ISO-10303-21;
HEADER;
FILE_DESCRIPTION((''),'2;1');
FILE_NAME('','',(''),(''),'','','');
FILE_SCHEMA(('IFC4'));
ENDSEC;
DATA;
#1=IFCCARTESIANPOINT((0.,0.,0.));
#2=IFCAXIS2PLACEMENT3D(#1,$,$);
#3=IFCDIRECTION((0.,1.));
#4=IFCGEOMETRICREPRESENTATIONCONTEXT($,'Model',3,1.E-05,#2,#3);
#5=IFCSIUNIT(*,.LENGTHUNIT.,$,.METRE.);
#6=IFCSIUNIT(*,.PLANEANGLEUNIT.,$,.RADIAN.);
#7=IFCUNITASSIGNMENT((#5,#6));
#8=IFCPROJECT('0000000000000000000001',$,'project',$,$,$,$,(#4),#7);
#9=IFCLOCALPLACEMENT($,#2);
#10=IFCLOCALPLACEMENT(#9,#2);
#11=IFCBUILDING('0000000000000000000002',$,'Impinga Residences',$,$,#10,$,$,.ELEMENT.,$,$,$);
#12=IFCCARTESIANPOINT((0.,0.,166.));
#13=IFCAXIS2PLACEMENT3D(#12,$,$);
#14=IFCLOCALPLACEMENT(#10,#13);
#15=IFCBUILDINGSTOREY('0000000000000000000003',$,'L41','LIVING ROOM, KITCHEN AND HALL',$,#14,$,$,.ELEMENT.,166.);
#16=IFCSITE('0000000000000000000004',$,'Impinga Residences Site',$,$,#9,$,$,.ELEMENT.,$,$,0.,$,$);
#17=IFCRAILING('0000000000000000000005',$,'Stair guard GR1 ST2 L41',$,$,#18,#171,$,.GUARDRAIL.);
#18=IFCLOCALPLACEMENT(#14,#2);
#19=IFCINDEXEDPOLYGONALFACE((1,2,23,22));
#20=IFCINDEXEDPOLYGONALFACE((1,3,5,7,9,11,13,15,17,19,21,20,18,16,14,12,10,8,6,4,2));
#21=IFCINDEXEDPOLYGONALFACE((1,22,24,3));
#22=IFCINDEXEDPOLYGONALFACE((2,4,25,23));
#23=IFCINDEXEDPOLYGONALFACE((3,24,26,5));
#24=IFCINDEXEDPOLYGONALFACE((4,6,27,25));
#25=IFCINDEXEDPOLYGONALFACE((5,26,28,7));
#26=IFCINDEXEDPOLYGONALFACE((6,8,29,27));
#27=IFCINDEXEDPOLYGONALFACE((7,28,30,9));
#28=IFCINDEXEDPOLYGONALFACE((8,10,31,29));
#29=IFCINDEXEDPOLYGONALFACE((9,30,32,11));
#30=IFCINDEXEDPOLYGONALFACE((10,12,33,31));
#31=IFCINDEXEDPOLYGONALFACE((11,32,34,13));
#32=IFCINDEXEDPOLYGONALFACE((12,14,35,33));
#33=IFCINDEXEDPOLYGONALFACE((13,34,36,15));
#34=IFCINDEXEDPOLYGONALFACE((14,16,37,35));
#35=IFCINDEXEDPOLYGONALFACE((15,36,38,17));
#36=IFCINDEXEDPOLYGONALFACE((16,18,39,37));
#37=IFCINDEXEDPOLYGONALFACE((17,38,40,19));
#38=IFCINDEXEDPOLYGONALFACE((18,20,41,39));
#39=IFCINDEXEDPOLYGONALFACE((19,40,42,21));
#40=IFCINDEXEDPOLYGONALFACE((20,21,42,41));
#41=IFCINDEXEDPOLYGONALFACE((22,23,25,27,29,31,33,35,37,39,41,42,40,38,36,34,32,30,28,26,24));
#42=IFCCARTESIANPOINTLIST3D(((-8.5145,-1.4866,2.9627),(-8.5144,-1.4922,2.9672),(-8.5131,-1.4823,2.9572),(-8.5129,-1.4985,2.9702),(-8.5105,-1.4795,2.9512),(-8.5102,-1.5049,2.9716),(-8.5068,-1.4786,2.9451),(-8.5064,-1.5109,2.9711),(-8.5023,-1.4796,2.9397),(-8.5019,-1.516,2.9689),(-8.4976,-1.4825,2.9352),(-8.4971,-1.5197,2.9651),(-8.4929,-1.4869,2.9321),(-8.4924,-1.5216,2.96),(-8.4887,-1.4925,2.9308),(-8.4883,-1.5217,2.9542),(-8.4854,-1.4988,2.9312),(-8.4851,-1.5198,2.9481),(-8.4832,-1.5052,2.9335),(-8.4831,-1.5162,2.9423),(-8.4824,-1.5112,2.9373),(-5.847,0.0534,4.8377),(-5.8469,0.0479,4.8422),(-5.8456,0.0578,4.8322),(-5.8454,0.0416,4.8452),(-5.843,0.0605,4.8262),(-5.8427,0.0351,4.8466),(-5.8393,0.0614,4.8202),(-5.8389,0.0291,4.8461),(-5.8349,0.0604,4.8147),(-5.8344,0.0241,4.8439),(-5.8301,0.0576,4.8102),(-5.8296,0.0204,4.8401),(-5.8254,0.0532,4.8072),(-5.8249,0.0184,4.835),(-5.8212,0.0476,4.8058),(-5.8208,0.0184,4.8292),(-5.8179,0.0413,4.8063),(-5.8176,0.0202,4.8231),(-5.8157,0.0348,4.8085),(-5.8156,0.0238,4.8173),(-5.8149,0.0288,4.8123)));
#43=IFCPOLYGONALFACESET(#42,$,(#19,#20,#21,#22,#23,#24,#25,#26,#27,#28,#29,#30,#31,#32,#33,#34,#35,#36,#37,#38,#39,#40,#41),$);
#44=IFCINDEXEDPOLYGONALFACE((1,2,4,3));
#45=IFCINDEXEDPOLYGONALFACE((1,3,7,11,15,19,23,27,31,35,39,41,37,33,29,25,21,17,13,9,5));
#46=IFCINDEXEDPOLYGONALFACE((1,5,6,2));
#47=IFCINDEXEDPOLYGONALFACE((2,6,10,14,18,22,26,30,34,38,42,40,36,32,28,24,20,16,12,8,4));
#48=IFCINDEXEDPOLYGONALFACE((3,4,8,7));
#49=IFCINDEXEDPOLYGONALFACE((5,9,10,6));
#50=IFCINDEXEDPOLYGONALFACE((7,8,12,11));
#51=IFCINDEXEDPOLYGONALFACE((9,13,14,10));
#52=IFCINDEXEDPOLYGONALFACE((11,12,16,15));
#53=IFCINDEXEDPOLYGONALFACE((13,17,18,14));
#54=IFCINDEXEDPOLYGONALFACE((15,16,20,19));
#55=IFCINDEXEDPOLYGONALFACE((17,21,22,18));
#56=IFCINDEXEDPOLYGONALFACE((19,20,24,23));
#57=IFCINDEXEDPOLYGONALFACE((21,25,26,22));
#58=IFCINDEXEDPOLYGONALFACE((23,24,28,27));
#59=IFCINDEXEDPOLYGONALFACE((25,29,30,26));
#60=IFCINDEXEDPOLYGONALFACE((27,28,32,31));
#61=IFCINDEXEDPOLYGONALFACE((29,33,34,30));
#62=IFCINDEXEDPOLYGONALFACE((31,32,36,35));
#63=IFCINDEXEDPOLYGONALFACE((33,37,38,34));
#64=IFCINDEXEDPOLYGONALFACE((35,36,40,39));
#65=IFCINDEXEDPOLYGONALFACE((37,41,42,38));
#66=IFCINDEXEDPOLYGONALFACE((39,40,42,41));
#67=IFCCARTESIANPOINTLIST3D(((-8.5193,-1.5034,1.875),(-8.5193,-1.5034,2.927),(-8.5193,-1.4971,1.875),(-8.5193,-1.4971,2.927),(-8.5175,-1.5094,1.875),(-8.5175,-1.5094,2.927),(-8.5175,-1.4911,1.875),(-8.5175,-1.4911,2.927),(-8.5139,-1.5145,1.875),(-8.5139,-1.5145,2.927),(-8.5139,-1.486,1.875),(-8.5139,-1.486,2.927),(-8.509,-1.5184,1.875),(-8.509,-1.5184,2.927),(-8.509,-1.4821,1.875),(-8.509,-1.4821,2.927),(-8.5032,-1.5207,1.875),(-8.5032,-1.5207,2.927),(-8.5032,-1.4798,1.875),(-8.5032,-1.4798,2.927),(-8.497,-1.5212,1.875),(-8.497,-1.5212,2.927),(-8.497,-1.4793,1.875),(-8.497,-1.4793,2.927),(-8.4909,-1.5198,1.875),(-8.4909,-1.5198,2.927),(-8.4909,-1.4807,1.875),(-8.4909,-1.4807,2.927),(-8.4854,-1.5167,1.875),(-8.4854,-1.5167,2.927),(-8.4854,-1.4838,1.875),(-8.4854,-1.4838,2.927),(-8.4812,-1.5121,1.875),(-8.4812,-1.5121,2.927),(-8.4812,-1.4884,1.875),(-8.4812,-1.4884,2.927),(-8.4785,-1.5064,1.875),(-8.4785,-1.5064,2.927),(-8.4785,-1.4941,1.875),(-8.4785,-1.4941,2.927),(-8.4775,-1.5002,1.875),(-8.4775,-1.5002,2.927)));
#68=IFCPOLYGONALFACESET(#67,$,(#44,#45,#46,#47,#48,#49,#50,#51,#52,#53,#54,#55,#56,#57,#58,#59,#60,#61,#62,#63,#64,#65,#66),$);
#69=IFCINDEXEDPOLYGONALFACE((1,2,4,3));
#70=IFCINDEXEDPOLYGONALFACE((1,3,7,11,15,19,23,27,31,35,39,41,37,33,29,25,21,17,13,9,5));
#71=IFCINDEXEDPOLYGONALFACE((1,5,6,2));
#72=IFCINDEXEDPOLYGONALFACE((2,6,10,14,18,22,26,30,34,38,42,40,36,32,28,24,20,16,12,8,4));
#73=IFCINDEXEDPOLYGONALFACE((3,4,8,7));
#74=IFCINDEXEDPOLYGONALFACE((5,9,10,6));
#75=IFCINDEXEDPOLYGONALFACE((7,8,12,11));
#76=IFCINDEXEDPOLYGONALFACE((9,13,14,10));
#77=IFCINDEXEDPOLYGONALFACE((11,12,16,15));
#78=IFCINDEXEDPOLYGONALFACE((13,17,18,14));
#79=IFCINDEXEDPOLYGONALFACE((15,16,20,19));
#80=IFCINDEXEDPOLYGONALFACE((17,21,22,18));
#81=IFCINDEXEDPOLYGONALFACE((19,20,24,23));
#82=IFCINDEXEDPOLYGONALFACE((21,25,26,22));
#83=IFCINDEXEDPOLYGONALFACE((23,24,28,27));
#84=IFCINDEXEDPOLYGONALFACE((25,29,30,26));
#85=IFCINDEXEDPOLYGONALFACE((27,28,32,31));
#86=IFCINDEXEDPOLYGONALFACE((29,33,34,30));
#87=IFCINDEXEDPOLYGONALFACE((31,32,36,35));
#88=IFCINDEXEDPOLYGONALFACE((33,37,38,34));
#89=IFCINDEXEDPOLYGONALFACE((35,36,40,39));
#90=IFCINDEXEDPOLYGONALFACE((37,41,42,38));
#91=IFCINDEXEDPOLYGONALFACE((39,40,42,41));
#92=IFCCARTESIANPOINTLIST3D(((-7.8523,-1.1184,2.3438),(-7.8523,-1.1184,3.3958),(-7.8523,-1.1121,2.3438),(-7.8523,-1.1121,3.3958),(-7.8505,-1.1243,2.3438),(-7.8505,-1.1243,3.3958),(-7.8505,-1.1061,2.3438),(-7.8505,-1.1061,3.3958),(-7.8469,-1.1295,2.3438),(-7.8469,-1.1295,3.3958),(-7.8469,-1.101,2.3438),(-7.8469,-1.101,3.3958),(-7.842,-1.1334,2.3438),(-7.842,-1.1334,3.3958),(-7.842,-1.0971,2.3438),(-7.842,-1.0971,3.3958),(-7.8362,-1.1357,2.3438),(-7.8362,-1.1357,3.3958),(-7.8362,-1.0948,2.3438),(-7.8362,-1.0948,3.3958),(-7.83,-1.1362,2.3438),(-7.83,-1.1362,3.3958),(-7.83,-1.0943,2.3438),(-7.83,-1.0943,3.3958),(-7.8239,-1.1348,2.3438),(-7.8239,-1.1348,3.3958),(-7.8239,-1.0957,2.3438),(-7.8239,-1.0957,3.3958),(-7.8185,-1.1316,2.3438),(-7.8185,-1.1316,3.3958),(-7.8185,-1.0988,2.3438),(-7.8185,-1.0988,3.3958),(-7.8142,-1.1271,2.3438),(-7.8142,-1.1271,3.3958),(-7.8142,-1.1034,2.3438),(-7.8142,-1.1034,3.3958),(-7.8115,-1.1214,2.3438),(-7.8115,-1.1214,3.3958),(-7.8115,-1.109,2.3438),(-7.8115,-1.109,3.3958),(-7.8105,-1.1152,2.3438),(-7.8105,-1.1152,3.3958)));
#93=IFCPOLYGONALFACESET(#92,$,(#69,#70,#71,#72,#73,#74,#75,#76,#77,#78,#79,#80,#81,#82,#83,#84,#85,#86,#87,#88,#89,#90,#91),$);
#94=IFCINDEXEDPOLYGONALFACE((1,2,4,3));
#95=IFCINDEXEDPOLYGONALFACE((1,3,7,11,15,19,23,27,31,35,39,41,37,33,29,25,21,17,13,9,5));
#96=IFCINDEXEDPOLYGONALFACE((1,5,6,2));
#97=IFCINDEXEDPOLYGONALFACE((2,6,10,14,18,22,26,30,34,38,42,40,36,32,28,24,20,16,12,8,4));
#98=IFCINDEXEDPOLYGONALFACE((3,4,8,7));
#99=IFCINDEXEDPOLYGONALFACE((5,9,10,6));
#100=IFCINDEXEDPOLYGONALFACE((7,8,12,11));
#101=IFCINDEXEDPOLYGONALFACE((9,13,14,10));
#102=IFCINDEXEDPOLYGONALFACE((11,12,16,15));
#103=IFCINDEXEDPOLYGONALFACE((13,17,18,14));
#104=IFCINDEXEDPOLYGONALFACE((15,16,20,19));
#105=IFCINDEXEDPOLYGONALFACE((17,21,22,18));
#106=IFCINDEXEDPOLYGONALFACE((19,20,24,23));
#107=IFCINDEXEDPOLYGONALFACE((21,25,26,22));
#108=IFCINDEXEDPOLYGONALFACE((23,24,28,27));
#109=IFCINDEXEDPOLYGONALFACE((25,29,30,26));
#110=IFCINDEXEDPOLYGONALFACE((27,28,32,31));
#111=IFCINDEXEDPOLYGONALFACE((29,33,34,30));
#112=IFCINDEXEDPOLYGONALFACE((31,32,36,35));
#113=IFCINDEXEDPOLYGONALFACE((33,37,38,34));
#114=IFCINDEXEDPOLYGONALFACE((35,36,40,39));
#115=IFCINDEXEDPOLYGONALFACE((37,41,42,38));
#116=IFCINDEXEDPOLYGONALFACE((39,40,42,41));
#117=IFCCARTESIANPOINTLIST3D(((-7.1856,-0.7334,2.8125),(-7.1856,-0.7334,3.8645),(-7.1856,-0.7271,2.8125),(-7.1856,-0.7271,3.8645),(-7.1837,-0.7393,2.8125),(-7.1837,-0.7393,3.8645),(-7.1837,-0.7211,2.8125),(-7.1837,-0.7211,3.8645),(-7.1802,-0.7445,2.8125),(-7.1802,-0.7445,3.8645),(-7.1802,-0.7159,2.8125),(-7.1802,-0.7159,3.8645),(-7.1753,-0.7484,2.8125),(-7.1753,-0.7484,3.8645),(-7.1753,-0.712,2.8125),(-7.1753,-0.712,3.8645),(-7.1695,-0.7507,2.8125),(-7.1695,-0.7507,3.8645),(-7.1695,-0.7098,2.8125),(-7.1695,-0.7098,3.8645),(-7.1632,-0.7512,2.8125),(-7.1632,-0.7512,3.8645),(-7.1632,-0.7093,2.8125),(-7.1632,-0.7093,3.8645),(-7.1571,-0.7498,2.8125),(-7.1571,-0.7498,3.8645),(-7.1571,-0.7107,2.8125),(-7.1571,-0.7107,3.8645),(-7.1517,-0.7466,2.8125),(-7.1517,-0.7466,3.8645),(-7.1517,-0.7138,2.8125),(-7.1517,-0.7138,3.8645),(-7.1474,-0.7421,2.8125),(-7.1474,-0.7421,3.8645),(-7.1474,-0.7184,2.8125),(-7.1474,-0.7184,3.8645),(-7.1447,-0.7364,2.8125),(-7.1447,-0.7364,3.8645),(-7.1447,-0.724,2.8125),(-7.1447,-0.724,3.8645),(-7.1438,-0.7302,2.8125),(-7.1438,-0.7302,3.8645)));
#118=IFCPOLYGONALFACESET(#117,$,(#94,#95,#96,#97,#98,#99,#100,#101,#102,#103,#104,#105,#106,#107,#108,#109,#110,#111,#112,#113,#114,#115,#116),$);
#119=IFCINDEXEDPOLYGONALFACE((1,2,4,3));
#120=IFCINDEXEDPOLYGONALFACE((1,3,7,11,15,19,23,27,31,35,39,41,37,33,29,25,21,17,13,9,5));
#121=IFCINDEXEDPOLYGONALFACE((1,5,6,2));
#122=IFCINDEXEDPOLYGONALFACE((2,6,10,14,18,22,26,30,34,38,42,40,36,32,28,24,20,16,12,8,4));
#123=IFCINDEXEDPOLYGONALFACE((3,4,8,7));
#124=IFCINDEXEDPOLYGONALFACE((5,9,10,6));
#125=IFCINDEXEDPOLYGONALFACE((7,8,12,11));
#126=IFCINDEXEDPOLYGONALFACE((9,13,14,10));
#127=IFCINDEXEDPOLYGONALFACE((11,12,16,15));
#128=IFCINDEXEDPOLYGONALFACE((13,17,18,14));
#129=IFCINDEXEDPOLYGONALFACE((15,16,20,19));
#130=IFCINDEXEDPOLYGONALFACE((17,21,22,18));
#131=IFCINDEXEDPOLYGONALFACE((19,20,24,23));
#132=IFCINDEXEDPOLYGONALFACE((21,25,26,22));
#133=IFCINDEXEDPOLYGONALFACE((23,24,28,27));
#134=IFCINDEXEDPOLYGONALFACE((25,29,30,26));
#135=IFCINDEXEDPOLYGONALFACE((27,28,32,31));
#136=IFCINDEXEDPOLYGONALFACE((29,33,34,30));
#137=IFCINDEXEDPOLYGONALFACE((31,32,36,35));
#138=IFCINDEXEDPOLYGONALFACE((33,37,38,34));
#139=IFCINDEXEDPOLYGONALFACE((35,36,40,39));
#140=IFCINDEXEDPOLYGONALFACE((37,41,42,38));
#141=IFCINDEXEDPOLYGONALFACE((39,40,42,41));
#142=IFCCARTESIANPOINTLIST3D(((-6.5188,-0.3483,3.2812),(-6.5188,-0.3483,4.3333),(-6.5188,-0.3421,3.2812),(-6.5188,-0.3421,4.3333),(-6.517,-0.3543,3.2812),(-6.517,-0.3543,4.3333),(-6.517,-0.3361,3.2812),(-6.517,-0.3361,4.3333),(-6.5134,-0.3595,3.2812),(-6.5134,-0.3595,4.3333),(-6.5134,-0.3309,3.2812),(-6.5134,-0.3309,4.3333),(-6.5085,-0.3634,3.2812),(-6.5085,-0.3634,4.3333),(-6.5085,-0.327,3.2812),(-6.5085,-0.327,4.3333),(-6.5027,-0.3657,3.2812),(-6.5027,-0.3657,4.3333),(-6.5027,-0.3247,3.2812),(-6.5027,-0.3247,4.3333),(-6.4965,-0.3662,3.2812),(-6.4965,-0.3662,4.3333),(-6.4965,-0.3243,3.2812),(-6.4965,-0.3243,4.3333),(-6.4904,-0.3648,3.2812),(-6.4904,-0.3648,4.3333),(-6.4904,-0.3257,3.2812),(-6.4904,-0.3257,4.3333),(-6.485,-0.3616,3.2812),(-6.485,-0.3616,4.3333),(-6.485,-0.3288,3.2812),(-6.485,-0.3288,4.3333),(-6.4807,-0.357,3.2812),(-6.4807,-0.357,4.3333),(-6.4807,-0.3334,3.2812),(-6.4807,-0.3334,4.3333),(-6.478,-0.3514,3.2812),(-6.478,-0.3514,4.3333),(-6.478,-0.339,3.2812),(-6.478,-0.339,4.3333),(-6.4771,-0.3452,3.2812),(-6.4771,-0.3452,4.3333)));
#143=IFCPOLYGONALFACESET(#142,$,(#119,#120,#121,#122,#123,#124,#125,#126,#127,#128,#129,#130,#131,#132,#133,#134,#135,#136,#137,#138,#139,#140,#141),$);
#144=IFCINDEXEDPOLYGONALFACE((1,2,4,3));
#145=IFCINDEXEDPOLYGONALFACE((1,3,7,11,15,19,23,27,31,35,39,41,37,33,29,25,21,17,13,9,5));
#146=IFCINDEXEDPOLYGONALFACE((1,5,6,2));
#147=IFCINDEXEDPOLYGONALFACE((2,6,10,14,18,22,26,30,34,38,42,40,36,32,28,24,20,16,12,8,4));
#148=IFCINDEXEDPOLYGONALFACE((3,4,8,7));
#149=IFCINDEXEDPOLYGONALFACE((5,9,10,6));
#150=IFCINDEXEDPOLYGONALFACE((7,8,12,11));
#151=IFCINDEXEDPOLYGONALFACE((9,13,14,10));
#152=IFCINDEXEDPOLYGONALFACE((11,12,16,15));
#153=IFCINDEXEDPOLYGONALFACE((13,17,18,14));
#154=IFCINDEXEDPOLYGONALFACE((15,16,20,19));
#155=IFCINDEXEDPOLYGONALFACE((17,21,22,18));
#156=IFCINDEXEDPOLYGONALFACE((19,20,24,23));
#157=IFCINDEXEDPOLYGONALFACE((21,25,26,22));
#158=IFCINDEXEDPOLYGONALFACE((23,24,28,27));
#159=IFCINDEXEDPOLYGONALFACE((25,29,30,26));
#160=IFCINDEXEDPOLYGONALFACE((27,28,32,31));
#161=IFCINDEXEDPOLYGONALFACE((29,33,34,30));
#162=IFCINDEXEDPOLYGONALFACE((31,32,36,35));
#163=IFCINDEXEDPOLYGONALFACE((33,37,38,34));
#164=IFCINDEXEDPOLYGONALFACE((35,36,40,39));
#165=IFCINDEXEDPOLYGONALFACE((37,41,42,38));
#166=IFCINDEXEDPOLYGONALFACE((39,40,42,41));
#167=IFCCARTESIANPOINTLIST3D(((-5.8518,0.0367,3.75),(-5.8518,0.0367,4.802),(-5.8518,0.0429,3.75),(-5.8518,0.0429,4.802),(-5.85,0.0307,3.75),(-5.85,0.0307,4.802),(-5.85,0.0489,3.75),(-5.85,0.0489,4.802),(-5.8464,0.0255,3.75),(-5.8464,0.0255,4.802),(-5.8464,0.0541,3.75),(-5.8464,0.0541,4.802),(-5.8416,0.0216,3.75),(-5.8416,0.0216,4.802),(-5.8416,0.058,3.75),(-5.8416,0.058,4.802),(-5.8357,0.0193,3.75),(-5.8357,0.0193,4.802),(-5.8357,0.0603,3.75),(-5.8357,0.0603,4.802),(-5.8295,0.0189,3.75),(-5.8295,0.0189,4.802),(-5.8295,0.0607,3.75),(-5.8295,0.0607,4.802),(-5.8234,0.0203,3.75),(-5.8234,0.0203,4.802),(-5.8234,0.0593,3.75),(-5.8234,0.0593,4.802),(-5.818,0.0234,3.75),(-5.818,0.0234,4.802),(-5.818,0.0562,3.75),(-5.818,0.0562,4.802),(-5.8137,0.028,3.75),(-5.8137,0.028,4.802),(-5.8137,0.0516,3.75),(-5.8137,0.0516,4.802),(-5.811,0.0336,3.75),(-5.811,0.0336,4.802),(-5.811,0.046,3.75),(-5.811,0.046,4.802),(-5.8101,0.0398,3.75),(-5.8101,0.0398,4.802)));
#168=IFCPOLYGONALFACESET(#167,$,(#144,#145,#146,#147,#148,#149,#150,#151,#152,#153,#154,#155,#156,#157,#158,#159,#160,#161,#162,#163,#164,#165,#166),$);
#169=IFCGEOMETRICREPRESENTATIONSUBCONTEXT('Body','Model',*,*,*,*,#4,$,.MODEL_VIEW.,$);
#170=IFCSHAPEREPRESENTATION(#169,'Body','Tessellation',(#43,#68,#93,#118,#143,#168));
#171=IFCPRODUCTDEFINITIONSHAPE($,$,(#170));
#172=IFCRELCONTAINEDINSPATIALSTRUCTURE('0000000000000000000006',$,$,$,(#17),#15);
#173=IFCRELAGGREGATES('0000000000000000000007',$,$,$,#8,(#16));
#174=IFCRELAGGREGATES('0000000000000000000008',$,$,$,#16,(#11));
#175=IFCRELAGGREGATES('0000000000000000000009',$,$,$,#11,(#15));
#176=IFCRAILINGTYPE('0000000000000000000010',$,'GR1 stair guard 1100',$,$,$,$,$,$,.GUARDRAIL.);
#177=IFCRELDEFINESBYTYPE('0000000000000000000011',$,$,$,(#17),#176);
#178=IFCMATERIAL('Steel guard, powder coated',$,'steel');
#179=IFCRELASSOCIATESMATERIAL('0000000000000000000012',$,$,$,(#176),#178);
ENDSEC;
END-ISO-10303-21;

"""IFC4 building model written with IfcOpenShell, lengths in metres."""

from ifc_helpers import new_model, si_unit, direction, frame, origin, origin_2d, place, context, subcontext, project, spatial, circle, extrude, material, type_object, element, save


model = new_model("IFC4")

# Units and contexts
model_context = context("Model", 3, precision=1e-05, world=origin(), true_north=direction((0.0, 1.0)))
body_context = subcontext(model_context, "Body", "Model", "MODEL_VIEW")
ifc_project = project(units=[si_unit("LENGTHUNIT", "METRE"), si_unit("PLANEANGLEUNIT", "RADIAN")], contexts=[model_context])

# Site, building, storey
site_placement = place(None, origin())
site = spatial("IfcSite", under=ifc_project, at=site_placement, Name="Impinga Residences Site", CompositionType="ELEMENT", RefElevation=0.0)
building_placement = place(site_placement, origin())
building = spatial("IfcBuilding", under=site, at=building_placement, Name="Impinga Residences", CompositionType="ELEMENT")
storey_placement = place(building_placement, frame((0.0, 0.0, 166.0)))
storey = spatial("IfcBuildingStorey", under=building, at=storey_placement, Name="L41", Description="LIVING ROOM, KITCHEN AND HALL", CompositionType="ELEMENT", Elevation=166.0)

# Railing
ifc_material_1 = material(Name="Steel guard, powder coated", Category="steel")
railing_type_1 = type_object("IfcRailingType", Name="GR1 stair guard 1100", PredefinedType="GUARDRAIL", material=ifc_material_1)
railing_1_placement = place(storey_placement, frame((-8.4985, -1.5002, 1.875)))
element("IfcRailing", 1, at=railing_1_placement, inside=storey, type_object=railing_type_1, Name="Stair guard GR1 ST2 L41", PredefinedType="GUARDRAIL", context=body_context, shape_type="SweptSolid", body=[
    extrude(circle(Radius=0.0239, at=origin_2d()), frame((0.0, 0.0, 1.0762), z_axis=(0.739746, 0.427084, 0.519975), x_axis=(-0.499992, 0.86603, 0.0)), (0.0, 0.0, 1.0), 3.606),
    extrude(circle(Radius=0.021, at=origin_2d()), origin(), (0.0, 0.0, 1.0), 1.052),
    extrude(circle(Radius=0.021, at=origin_2d()), frame((0.667, 0.385, 0.4688)), (0.0, 0.0, 1.0), 1.052),
    extrude(circle(Radius=0.021, at=origin_2d()), frame((1.3337, 0.77, 0.9375)), (0.0, 0.0, 1.0), 1.052),
    extrude(circle(Radius=0.021, at=origin_2d()), frame((2.0005, 1.155, 1.4062)), (0.0, 0.0, 1.0), 1.052),
    extrude(circle(Radius=0.021, at=origin_2d()), frame((2.6675, 1.54, 1.875)), (0.0, 0.0, 1.0), 1.052),
])

save(model, "model.ifc")
